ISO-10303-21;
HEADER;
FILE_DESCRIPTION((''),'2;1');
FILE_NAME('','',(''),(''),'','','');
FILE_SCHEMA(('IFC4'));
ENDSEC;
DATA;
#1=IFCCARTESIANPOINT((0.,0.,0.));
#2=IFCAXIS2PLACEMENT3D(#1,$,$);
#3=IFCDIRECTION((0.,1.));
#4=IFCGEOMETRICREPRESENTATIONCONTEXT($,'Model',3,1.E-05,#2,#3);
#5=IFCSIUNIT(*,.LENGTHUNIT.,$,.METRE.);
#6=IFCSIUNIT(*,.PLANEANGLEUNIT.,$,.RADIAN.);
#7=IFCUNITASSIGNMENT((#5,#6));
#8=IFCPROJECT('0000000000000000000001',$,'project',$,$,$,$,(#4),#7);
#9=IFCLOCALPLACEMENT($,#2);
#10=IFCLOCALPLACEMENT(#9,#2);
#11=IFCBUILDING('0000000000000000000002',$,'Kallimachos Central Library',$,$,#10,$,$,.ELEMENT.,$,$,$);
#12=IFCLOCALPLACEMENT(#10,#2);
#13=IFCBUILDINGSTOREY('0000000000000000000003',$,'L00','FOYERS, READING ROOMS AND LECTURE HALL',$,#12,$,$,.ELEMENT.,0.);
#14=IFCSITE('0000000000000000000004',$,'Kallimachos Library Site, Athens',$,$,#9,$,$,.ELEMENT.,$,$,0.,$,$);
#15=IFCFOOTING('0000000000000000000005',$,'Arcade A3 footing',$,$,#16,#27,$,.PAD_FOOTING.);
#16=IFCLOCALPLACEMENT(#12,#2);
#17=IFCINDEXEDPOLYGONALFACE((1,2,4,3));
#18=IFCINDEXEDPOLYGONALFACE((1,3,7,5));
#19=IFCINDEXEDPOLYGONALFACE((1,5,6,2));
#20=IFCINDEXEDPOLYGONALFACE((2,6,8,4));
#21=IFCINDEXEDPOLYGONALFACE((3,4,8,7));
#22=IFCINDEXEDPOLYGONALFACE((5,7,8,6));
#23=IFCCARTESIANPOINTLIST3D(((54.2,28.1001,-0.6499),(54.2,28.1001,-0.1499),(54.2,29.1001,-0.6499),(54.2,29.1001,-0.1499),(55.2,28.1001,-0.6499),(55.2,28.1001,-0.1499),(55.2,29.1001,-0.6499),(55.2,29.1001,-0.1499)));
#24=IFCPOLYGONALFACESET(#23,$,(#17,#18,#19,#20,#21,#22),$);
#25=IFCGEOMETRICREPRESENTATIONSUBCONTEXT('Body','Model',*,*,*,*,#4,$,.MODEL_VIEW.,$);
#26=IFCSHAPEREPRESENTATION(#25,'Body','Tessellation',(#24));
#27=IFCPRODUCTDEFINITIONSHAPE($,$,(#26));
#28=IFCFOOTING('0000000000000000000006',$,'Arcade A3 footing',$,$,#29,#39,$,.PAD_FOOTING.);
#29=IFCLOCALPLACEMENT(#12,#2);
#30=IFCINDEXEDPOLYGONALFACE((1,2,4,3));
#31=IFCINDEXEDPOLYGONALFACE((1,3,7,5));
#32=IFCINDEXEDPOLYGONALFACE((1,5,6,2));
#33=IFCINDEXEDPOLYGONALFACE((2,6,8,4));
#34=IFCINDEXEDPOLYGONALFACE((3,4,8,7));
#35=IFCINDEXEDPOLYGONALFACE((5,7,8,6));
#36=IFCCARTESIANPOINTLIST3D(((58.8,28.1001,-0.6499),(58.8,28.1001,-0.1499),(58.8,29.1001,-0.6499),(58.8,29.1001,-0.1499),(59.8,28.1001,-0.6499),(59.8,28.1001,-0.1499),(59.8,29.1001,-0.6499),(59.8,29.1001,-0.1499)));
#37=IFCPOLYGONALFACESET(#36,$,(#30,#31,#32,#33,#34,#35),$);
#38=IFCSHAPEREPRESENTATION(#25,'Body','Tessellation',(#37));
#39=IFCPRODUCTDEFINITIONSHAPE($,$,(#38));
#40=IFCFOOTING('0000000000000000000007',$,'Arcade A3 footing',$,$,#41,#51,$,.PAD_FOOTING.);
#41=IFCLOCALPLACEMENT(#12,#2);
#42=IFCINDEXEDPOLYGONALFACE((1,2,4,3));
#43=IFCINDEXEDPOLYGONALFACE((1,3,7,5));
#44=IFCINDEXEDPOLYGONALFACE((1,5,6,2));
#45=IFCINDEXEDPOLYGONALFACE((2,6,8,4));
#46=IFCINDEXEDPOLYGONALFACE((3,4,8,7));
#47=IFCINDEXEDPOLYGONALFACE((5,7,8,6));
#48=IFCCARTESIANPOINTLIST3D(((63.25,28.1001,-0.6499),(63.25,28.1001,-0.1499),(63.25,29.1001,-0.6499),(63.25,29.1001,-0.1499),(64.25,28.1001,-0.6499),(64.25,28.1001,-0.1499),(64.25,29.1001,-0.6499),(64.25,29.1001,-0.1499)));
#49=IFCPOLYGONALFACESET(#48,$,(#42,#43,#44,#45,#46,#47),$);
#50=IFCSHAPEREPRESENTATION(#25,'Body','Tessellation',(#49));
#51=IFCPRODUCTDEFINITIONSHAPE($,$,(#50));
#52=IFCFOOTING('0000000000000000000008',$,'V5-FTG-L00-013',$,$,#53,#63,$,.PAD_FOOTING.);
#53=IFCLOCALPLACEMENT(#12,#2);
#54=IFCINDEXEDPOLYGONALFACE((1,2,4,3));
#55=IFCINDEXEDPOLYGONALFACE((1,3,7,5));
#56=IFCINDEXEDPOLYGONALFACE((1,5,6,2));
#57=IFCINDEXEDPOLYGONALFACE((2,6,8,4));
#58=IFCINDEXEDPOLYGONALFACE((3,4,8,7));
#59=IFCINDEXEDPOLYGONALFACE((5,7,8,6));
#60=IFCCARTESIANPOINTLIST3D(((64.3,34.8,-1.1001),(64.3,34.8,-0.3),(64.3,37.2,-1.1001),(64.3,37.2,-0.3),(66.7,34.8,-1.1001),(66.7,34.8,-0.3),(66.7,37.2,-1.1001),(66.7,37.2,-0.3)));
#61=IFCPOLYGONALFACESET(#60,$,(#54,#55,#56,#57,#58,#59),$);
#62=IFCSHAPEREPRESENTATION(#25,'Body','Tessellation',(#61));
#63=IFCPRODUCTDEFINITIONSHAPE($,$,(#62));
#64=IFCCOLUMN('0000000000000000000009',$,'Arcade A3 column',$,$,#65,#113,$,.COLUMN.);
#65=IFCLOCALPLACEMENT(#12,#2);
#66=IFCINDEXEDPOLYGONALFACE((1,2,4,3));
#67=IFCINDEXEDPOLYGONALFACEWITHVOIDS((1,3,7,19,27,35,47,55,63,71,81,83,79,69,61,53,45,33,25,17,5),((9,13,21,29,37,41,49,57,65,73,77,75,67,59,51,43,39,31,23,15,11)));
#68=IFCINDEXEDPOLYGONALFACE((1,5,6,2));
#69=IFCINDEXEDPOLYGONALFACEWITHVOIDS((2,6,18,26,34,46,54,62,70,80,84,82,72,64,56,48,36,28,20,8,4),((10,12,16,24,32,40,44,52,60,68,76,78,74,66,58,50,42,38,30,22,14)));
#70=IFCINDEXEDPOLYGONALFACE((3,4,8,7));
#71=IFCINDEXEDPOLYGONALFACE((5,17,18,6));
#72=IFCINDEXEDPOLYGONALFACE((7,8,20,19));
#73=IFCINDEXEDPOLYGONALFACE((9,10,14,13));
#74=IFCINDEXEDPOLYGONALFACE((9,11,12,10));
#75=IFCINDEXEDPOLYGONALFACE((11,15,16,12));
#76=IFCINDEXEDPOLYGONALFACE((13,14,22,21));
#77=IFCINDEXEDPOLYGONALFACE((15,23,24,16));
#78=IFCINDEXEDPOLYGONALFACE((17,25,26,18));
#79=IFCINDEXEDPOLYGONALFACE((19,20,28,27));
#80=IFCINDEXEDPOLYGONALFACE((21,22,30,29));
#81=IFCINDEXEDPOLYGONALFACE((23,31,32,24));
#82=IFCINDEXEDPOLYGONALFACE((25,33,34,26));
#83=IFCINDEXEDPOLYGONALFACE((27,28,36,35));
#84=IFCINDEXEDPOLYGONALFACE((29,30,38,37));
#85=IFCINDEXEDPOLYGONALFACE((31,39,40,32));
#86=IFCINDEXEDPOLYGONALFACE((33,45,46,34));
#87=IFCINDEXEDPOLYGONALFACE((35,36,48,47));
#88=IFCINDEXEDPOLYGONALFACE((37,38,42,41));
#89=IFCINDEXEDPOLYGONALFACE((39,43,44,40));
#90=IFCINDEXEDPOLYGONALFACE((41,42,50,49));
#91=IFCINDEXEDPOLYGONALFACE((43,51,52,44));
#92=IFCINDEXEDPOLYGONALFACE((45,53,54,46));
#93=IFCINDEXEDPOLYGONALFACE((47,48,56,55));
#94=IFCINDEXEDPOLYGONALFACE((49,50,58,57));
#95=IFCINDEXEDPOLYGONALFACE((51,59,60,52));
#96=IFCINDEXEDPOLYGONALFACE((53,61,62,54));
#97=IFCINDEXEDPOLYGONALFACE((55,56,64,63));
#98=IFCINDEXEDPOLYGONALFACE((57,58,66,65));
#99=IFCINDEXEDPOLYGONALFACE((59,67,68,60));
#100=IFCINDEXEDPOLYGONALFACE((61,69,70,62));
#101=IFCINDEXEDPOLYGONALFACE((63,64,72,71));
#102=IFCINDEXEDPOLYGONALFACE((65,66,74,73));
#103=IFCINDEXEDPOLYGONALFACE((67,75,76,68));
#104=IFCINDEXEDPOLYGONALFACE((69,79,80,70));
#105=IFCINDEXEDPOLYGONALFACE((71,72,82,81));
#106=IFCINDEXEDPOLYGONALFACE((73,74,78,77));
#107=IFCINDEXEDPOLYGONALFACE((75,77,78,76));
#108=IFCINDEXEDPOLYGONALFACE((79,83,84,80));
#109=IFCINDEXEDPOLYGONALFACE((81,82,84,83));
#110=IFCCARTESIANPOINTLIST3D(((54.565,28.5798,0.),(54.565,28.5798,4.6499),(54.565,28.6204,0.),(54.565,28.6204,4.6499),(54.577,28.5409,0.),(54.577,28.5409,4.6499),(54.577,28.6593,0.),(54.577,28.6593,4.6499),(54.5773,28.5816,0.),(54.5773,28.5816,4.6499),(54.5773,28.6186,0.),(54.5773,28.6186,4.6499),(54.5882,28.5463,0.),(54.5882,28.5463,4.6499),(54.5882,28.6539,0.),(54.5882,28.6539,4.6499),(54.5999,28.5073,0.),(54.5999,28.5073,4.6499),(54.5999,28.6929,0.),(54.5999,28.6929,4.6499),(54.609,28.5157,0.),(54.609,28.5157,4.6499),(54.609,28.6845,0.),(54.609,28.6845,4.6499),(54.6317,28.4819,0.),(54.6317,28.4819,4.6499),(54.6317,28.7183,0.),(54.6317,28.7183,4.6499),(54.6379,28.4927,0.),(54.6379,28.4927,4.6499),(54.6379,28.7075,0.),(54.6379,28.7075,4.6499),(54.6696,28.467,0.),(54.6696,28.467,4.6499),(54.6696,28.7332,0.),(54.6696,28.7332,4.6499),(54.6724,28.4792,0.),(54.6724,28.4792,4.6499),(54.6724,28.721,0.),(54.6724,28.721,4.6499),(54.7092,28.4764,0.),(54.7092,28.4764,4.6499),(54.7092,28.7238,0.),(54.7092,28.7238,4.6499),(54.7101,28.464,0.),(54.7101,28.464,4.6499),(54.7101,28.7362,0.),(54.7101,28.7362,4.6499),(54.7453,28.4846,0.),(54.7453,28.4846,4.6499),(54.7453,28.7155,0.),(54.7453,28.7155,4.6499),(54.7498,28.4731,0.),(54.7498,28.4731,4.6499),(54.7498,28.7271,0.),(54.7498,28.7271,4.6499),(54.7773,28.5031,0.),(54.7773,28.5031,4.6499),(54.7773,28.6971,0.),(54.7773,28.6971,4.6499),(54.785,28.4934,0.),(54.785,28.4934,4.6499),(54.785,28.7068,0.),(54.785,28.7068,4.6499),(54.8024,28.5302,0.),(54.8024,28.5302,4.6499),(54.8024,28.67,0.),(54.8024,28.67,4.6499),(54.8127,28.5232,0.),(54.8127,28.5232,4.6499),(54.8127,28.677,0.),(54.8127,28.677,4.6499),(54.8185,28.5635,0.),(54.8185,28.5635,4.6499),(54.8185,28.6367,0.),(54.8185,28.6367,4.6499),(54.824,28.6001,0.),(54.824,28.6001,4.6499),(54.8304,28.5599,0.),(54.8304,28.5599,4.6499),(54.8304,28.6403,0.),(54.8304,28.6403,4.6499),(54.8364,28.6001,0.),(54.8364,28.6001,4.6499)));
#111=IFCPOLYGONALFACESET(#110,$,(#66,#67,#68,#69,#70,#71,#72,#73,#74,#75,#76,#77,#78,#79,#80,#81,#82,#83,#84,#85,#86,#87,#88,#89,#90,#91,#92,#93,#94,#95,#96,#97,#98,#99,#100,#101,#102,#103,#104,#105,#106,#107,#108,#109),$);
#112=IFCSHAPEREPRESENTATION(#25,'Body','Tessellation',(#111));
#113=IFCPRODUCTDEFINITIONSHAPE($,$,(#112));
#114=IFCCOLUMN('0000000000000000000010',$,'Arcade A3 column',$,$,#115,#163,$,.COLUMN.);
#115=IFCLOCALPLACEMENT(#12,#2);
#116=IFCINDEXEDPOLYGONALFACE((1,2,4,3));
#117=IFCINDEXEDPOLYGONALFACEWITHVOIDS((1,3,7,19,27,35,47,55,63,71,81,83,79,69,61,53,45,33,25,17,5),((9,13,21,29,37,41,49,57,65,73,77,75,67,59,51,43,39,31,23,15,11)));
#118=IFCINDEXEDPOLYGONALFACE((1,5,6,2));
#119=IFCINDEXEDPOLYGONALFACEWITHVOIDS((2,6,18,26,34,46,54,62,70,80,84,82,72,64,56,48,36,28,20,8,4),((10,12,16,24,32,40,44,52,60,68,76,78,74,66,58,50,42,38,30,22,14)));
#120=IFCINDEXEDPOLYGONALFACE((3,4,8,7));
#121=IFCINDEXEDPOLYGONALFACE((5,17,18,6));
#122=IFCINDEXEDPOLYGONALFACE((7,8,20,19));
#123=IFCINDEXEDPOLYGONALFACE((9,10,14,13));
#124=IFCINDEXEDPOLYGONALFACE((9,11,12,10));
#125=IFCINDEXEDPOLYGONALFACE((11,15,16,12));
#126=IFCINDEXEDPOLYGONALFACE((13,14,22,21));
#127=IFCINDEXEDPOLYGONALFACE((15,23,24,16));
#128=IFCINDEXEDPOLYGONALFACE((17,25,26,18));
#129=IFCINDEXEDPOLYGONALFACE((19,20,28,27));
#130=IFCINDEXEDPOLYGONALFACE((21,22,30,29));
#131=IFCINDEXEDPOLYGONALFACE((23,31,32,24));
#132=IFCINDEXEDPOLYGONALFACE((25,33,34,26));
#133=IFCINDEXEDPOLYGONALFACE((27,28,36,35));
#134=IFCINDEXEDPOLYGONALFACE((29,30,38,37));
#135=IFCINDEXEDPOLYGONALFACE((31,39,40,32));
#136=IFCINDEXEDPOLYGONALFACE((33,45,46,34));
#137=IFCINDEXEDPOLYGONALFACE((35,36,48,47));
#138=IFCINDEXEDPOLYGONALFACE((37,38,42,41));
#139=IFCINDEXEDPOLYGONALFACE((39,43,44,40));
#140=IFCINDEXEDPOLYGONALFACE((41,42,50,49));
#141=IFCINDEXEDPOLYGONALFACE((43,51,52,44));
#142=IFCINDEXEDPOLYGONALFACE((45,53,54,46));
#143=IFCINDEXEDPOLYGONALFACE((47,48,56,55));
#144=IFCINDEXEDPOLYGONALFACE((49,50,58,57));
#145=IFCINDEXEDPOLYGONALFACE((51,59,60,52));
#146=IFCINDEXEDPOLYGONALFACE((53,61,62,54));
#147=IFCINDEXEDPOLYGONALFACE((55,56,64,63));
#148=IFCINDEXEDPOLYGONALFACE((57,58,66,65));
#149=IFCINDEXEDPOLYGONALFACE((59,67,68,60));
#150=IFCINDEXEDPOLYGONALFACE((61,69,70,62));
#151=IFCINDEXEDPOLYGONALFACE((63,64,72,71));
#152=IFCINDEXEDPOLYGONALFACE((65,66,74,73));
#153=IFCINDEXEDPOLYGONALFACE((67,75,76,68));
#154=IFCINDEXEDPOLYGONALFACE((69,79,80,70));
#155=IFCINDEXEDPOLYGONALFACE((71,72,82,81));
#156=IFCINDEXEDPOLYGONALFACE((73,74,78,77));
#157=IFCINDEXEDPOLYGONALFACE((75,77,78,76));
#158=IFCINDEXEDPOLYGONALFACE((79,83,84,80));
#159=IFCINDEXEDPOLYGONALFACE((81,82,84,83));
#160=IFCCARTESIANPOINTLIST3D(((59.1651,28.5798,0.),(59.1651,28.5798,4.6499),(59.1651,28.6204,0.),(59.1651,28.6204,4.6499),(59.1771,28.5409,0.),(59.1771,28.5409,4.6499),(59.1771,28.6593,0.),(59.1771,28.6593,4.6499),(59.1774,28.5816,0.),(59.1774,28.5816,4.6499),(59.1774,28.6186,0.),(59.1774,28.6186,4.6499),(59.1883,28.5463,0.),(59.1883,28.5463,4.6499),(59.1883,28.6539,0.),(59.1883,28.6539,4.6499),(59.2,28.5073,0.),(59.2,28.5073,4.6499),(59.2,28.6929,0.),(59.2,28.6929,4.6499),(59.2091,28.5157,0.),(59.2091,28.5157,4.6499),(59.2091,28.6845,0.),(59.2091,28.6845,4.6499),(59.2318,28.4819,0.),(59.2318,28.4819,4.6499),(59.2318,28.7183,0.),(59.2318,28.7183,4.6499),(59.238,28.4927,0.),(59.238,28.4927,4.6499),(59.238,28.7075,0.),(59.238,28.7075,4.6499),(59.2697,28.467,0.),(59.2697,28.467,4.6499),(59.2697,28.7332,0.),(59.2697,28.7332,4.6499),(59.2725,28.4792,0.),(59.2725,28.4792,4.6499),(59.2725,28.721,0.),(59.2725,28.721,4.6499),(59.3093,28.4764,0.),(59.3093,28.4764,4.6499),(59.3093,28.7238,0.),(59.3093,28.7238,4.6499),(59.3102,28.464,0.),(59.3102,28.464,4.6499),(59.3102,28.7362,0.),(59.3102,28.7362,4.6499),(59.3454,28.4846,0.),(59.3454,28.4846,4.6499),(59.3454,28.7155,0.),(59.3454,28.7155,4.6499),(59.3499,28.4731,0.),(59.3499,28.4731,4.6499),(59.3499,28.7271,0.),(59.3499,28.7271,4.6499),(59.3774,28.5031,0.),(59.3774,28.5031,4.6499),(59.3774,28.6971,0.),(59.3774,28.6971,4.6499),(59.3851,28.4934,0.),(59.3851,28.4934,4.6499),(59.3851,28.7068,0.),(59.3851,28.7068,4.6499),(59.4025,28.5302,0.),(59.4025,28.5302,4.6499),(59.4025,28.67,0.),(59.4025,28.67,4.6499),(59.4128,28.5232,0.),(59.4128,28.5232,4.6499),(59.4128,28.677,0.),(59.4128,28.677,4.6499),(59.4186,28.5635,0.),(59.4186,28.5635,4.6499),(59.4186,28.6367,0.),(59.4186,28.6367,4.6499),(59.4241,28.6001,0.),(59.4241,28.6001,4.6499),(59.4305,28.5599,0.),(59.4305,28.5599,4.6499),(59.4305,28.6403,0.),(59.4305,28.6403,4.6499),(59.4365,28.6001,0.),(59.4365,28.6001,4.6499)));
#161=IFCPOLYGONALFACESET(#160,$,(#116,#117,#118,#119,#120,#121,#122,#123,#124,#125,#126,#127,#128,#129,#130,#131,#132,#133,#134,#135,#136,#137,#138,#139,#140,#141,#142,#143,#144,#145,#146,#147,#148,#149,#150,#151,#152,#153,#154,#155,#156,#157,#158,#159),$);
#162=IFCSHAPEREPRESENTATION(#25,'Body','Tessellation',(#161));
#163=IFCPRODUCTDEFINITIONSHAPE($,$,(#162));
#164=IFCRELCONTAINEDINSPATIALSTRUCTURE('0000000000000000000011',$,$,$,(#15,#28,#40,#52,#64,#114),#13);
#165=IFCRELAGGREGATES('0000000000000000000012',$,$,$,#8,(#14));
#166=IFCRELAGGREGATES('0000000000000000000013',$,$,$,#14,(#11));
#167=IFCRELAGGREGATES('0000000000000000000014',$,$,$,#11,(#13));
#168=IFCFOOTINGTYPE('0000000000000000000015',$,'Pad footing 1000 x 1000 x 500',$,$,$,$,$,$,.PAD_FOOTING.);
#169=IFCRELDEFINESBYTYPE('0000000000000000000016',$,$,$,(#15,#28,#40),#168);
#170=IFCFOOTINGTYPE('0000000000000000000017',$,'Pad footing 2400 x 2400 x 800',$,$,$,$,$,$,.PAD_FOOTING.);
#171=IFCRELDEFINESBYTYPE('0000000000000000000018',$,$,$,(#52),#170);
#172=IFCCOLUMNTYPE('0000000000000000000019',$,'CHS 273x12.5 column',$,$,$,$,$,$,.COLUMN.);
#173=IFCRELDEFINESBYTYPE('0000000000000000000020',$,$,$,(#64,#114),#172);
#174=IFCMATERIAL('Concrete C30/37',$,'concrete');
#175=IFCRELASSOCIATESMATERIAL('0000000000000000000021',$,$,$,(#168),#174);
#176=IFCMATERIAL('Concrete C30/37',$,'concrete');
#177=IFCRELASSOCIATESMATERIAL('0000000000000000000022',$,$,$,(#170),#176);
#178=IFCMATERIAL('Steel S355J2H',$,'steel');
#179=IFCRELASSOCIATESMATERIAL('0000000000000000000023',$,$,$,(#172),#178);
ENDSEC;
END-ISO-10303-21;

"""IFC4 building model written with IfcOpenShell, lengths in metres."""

from ifc_helpers import new_model, si_unit, direction, frame, origin, origin_2d, place, context, subcontext, project, spatial, rectangle, hollow_circle, extrude, material, material_profile, profile_set, type_object, element, save


model = new_model("IFC4")

# Units and contexts
model_context = context("Model", 3, precision=1e-05, world=origin(), true_north=direction((0.0, 1.0)))
body_context = subcontext(model_context, "Body", "Model", "MODEL_VIEW")
ifc_project = project(units=[si_unit("LENGTHUNIT", "METRE"), si_unit("PLANEANGLEUNIT", "RADIAN")], contexts=[model_context])

# Site, building, storey
site_placement = place(None, origin())
site = spatial("IfcSite", under=ifc_project, at=site_placement, Name="Kallimachos Library Site, Athens", CompositionType="ELEMENT", RefElevation=0.0)
building_placement = place(site_placement, origin())
building = spatial("IfcBuilding", under=site, at=building_placement, Name="Kallimachos Central Library", CompositionType="ELEMENT")
storey_placement = place(building_placement, origin())
storey = spatial("IfcBuildingStorey", under=building, at=storey_placement, Name="L00", Description="FOYERS, READING ROOMS AND LECTURE HALL", CompositionType="ELEMENT", Elevation=0.0)

# Footings
ifc_material_1 = material(Name="Concrete C30/37", Category="concrete")
footing_type_1 = type_object("IfcFootingType", Name="Pad footing 1000 x 1000 x 500", PredefinedType="PAD_FOOTING", material=ifc_material_1)
for number, where, z_axis, x_axis, name in (
    (1, (54.7, 28.6001, -0.6499), (0.0, 0.0, 1.0), (1.0, 0.0, 0.0), "Arcade A3 footing"),
    (2, (59.3, 28.6001, -0.6499), (0.0, 0.0, 1.0), (1.0, 0.0, 0.0), "Arcade A3 footing"),
    (3, (63.75, 28.6001, -0.6499), (0.0, 0.0, 1.0), (1.0, 0.0, 0.0), "Arcade A3 footing"),
):
    element("IfcFooting", number, at=place(storey_placement, frame(where, z_axis=z_axis, x_axis=x_axis)), inside=storey, type_object=footing_type_1, Name=name, PredefinedType="PAD_FOOTING", context=body_context, shape_type="SweptSolid", body=[
        extrude(rectangle(XDim=1.0, YDim=1.0, at=origin_2d()), origin(), (0.0, 0.0, 1.0), 0.5),
    ])
ifc_material_2 = material(Name="Concrete C30/37", Category="concrete")
footing_type_2 = type_object("IfcFootingType", Name="Pad footing 2400 x 2400 x 800", PredefinedType="PAD_FOOTING", material=ifc_material_2)
footing_placement = place(storey_placement, frame((65.5, 36.0, -1.1001), z_axis=(0.0, 0.0, 1.0), x_axis=(1.0, 0.0, 0.0)))
element("IfcFooting", 4, at=footing_placement, inside=storey, type_object=footing_type_2, Name="V5-FTG-L00-013", PredefinedType="PAD_FOOTING", context=body_context, shape_type="SweptSolid", body=[
    extrude(rectangle(XDim=2.3999, YDim=2.3999, at=origin_2d()), origin(), (0.0, 0.0, 1.0), 0.8),
])

# Columns
ifc_material_3 = material(Name="Steel S355J2H", Category="steel")
ifc_material_profile_1 = material_profile(ifc_material_3, hollow_circle(Radius=0.1365, WallThickness=0.0125, at=origin_2d()), Name="CHS 273x12.5")
ifc_profile_set_1 = profile_set([ifc_material_profile_1], Name="Steel S355J2H")
column_type_1 = type_object("IfcColumnType", Name="CHS 273x12.5 column", PredefinedType="COLUMN", material=ifc_profile_set_1)
for number, where, z_axis, x_axis, name in (
    (5, (54.7, 28.6001, 0.0), (0.0, 0.0, 1.0), (1.0, 0.0, 0.0), "Arcade A3 column"),
    (6, (59.3, 28.6001, 0.0), (0.0, 0.0, 1.0), (1.0, 0.0, 0.0), "Arcade A3 column"),
):
    element("IfcColumn", number, at=place(storey_placement, frame(where, z_axis=z_axis, x_axis=x_axis)), inside=storey, type_object=column_type_1, Name=name, PredefinedType="COLUMN", context=body_context, shape_type="SweptSolid", body=[
        extrude(hollow_circle(Radius=0.1365, WallThickness=0.0125, at=origin_2d()), origin(), (0.0, 0.0, 1.0), 4.6499),
    ])

save(model, "model.ifc")
